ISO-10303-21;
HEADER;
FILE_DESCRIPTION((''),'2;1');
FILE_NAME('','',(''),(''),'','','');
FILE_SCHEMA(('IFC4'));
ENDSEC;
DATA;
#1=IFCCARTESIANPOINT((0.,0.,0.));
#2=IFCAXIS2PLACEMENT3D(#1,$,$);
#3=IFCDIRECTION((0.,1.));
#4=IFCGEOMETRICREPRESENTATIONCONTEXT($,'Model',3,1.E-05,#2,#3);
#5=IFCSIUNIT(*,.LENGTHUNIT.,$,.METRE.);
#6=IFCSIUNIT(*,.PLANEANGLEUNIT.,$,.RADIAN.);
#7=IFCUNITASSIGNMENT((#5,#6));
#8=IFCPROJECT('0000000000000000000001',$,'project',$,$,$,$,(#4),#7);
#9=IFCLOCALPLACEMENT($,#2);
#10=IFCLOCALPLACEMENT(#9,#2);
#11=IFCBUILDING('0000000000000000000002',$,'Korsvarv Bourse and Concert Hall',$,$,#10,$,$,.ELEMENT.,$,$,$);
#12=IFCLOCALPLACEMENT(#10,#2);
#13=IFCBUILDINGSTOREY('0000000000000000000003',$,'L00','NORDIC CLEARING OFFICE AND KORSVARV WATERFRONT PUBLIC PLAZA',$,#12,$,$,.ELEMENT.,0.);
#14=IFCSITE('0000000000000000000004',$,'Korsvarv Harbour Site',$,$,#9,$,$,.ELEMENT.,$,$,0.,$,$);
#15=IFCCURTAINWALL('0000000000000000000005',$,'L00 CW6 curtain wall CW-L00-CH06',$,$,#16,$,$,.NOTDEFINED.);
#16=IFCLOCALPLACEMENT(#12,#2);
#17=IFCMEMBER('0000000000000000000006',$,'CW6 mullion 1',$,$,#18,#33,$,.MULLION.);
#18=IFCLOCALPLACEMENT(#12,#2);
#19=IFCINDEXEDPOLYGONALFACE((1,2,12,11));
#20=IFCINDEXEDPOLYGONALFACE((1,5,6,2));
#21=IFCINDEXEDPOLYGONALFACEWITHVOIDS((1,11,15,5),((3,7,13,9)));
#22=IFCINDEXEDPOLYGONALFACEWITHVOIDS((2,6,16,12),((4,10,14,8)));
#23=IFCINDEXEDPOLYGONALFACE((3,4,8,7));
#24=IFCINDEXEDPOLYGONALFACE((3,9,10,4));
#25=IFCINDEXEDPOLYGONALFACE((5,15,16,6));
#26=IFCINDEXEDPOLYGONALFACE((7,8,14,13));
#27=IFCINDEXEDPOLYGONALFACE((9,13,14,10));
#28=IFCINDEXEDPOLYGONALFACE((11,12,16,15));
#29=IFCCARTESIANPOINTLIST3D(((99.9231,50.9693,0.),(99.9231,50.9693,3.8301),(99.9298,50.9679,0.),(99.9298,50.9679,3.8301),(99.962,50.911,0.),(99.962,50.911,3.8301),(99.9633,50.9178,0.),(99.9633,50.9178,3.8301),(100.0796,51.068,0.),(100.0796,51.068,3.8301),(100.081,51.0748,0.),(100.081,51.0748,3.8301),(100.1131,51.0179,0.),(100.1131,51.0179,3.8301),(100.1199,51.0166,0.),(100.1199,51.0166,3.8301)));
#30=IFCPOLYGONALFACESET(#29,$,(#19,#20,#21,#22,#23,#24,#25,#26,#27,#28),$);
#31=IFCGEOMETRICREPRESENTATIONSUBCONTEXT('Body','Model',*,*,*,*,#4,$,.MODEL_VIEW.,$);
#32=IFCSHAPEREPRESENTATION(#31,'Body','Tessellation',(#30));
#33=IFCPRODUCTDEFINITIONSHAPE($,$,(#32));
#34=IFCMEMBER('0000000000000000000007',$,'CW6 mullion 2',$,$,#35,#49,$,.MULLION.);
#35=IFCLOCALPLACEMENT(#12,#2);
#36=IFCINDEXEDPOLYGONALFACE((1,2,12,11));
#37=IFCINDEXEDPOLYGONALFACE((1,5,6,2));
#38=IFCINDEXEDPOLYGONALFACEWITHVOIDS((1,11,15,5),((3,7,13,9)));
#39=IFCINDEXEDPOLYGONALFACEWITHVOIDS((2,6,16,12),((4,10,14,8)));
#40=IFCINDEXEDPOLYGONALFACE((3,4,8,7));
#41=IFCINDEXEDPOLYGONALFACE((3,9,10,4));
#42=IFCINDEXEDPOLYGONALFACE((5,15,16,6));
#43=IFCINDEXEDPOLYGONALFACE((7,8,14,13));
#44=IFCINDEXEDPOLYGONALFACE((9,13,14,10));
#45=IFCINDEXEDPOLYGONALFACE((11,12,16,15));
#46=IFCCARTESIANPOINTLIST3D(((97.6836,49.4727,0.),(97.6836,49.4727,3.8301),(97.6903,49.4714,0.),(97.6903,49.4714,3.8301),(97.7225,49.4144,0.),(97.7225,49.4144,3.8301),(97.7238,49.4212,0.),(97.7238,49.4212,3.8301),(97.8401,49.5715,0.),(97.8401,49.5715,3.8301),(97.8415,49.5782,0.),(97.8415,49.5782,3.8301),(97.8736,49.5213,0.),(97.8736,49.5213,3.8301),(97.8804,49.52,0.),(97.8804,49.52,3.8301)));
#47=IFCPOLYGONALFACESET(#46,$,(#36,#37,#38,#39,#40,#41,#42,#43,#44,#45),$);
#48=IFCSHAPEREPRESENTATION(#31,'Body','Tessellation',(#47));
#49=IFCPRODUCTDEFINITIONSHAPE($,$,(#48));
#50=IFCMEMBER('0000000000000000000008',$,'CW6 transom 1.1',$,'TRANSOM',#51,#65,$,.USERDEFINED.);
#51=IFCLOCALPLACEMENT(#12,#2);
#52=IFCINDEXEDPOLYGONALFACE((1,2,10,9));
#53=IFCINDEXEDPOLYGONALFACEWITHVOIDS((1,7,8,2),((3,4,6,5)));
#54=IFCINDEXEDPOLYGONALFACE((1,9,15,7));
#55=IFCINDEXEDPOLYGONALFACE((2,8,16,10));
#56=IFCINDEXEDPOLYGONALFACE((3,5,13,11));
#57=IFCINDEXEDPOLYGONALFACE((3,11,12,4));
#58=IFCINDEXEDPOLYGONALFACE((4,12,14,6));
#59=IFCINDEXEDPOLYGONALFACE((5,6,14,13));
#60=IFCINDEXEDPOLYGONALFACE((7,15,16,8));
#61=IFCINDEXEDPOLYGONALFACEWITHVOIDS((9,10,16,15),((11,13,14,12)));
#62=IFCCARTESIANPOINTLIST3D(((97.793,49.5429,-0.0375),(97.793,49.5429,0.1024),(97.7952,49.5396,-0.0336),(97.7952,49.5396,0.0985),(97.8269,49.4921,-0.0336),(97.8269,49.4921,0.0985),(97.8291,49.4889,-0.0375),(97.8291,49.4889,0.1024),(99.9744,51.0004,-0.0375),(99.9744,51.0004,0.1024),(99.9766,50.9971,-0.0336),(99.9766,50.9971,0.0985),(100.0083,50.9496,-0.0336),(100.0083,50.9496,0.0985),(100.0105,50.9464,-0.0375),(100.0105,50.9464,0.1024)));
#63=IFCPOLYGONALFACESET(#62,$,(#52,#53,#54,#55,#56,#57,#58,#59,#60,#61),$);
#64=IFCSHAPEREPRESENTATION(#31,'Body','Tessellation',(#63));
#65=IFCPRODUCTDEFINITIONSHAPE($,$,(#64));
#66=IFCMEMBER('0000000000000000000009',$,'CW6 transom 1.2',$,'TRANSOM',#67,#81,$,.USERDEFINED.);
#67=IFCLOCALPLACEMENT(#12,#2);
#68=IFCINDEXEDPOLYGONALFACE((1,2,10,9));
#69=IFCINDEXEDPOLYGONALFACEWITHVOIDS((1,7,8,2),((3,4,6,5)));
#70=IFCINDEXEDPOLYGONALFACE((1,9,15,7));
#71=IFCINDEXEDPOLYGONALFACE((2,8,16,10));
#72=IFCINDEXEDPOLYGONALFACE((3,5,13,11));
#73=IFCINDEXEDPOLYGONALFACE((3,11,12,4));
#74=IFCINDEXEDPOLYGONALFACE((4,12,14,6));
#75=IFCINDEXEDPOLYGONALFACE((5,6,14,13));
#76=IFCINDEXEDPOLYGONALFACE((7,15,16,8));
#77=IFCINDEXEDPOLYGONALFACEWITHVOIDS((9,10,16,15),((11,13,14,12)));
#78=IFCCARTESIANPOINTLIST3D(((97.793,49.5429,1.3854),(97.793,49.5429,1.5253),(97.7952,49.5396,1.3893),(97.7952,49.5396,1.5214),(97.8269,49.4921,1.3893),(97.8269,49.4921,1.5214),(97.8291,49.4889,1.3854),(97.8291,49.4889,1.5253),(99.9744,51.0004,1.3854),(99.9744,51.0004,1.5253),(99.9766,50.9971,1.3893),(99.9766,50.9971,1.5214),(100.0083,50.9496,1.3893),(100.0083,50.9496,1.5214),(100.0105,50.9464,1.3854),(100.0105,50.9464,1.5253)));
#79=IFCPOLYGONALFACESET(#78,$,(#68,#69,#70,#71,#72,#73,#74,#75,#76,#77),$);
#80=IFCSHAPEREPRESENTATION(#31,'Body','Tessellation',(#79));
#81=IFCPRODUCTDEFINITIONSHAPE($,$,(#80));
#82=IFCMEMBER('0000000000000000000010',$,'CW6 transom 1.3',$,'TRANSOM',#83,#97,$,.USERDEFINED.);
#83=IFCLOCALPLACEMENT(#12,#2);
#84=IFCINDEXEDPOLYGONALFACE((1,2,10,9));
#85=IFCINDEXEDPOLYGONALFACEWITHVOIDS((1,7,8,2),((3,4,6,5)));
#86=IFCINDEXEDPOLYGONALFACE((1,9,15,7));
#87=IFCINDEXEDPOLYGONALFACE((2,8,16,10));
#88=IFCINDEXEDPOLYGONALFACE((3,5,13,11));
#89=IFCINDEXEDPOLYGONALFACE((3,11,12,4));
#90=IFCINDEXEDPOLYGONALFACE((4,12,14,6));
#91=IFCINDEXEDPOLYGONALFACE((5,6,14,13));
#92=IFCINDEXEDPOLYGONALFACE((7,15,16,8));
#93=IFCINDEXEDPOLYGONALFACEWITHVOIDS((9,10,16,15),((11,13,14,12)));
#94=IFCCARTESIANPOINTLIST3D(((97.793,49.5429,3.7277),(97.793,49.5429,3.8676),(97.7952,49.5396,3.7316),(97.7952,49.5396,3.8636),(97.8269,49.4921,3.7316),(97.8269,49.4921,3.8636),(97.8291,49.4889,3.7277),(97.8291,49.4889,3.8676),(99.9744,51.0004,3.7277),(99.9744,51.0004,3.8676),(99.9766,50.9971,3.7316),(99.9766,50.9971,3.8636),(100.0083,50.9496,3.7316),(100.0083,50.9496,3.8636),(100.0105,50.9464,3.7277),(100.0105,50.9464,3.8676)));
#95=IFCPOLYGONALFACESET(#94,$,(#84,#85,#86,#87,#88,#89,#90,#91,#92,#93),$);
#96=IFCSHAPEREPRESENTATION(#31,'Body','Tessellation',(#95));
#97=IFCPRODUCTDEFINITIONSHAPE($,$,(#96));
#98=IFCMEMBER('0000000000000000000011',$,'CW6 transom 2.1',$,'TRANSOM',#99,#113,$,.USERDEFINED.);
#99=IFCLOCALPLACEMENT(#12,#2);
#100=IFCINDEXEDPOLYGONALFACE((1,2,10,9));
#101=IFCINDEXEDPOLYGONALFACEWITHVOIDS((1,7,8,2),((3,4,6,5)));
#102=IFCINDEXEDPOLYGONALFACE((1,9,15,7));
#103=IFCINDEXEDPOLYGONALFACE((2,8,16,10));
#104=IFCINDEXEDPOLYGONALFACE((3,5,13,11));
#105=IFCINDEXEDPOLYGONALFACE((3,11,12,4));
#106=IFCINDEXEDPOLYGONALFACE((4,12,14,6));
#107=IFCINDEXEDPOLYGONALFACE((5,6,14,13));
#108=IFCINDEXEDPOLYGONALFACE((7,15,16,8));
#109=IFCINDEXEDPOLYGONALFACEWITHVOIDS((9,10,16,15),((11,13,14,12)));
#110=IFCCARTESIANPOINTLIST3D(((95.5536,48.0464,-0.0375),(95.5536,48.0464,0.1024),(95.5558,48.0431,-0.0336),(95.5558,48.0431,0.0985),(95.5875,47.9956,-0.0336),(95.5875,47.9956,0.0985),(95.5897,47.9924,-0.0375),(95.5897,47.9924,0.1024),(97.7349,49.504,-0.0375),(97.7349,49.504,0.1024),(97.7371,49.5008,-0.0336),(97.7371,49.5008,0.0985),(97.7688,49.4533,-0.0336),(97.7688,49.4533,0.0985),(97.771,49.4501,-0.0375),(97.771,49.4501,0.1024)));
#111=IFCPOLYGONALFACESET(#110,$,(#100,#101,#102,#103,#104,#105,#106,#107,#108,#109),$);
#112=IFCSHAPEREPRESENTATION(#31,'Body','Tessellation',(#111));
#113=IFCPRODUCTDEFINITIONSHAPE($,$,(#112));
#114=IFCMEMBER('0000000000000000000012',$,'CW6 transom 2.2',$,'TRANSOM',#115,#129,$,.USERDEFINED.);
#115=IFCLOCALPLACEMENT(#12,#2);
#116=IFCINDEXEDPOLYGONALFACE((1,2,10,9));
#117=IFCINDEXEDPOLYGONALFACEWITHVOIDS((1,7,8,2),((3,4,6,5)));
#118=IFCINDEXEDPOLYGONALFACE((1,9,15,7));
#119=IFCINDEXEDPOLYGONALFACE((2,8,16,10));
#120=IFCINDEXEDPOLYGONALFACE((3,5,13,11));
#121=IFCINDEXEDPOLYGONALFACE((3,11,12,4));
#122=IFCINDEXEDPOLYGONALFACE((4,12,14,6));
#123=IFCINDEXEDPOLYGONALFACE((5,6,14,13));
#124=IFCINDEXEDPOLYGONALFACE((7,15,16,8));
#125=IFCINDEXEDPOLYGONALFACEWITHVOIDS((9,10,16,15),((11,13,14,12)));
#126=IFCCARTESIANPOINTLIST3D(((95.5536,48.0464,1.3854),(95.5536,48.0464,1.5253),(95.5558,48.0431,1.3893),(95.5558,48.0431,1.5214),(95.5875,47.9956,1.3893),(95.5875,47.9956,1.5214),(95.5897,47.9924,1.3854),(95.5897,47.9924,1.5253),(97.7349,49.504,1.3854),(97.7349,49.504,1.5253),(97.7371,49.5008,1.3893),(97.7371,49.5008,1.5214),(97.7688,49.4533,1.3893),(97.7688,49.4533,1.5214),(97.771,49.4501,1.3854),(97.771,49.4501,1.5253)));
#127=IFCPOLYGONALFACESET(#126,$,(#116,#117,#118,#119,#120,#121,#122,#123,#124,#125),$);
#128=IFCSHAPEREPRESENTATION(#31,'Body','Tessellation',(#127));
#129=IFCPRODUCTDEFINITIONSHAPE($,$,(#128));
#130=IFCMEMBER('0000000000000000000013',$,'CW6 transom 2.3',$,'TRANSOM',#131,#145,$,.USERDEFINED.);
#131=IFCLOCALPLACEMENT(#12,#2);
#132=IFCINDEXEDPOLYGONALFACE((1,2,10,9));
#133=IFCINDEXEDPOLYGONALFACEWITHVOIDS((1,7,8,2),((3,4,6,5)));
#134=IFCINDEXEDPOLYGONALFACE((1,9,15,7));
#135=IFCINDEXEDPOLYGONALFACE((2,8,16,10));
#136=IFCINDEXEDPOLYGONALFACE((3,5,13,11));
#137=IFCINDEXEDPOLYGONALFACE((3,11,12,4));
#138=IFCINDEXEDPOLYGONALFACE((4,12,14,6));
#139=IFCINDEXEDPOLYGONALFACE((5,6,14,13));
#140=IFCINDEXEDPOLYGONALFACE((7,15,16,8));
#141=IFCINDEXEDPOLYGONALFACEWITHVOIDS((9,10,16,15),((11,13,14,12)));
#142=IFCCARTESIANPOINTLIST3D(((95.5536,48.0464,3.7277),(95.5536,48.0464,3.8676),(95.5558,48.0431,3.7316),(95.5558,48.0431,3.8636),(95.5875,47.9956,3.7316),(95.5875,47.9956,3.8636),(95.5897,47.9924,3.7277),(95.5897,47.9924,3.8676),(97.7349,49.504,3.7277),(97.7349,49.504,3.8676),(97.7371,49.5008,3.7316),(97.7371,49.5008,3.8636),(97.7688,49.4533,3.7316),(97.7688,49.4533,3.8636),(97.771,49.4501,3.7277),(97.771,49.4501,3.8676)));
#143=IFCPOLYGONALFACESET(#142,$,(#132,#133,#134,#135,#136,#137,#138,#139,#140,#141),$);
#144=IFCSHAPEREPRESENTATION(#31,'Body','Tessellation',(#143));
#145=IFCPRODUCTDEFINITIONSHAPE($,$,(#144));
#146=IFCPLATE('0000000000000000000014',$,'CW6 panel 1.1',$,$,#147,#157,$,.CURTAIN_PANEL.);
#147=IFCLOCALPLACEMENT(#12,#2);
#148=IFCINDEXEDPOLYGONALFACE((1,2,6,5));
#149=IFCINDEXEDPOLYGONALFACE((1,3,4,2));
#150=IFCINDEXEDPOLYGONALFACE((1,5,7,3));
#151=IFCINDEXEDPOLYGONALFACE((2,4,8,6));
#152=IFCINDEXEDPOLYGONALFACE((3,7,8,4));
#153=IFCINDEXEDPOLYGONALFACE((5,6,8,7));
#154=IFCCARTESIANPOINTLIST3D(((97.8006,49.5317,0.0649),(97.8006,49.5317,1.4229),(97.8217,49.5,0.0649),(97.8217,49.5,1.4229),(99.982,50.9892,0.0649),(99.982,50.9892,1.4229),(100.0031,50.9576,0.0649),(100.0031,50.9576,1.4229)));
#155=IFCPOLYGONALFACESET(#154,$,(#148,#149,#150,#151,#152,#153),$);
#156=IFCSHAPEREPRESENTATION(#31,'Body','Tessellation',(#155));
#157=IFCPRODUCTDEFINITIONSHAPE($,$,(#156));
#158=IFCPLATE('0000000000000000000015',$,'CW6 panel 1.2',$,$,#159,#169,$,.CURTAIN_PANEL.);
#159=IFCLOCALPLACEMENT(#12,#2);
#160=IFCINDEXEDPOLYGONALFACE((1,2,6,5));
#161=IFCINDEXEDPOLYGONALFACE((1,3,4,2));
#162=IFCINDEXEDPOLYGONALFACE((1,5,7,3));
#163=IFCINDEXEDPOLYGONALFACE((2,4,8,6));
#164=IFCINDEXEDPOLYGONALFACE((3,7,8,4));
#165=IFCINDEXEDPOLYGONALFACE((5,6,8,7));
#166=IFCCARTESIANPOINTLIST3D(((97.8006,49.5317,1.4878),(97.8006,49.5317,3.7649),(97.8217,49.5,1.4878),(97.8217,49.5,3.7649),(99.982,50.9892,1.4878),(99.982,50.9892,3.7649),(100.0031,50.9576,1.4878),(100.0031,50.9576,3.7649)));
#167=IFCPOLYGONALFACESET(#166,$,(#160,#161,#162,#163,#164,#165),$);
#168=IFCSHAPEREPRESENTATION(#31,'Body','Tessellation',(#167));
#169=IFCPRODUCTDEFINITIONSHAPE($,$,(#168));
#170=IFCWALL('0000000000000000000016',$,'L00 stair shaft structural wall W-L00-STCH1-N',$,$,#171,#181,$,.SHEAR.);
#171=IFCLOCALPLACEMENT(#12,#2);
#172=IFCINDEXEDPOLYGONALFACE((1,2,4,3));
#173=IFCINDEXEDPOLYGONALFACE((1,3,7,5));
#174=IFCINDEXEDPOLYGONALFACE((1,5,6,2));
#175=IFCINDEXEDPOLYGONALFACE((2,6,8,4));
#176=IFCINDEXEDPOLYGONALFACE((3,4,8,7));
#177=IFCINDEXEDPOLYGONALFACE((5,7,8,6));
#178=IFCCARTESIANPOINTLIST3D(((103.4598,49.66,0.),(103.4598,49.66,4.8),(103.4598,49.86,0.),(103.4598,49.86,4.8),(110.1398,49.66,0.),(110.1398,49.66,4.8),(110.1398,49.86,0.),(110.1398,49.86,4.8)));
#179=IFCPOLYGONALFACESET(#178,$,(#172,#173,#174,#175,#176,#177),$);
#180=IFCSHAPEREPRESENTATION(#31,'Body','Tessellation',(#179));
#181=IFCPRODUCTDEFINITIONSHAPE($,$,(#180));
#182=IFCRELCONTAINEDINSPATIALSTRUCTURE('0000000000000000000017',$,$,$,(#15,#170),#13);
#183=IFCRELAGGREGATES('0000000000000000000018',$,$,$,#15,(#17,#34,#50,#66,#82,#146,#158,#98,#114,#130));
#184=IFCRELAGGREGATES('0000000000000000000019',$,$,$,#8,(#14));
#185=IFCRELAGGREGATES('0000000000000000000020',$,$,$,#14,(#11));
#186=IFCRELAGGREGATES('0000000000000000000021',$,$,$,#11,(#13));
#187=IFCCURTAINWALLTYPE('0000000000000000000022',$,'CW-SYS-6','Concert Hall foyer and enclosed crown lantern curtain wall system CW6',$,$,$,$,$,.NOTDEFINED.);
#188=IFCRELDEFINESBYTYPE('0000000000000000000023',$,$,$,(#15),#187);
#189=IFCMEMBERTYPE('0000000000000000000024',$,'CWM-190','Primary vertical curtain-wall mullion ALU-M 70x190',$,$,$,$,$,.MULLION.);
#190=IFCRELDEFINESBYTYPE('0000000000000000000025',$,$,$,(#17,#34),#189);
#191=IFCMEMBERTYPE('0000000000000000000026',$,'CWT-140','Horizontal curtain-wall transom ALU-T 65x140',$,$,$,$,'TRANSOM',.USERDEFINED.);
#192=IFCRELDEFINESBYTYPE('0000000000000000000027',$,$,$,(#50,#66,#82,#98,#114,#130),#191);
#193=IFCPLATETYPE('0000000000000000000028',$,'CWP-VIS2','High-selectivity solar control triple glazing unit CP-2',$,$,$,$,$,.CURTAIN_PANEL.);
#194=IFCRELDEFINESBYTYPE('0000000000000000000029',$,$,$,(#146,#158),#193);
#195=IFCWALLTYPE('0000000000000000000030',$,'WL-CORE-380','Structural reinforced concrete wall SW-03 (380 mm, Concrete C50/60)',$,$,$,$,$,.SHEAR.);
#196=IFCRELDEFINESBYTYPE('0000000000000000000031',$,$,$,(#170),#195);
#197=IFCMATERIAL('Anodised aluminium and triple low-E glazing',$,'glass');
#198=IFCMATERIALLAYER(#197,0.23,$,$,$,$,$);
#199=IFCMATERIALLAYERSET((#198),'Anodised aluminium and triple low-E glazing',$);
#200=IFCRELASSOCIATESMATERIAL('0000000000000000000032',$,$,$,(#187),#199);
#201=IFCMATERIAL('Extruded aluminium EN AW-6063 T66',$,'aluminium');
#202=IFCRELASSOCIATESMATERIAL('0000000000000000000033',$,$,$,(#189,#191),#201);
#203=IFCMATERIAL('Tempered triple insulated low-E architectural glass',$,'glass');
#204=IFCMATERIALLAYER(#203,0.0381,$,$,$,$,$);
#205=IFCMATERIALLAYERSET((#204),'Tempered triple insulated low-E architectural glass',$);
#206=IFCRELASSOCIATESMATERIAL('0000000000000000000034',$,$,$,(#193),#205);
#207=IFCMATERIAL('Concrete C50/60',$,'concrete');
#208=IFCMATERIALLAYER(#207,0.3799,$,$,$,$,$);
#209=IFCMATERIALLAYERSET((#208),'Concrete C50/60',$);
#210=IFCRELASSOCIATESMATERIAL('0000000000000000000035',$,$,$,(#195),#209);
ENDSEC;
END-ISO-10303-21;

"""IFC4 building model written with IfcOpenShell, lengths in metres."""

from ifc_helpers import new_model, si_unit, direction, frame, frame_2d, origin, origin_2d, place, context, subcontext, project, spatial, rectangle, hollow_rectangle, extrude, source, transform, mapped, material, layer, layer_set, material_profile, profile_set, type_object, element, aggregate, save


model = new_model("IFC4")

# Units and contexts
model_context = context("Model", 3, precision=1e-05, world=origin(), true_north=direction((0.0, 1.0)))
body_context = subcontext(model_context, "Body", "Model", "MODEL_VIEW")
ifc_project = project(units=[si_unit("LENGTHUNIT", "METRE"), si_unit("PLANEANGLEUNIT", "RADIAN")], contexts=[model_context])

# Site, building, storey
site_placement = place(None, origin())
site = spatial("IfcSite", under=ifc_project, at=site_placement, Name="Korsvarv Harbour Site", CompositionType="ELEMENT", RefElevation=0.0)
building_placement = place(site_placement, origin())
building = spatial("IfcBuilding", under=site, at=building_placement, Name="Korsvarv Bourse and Concert Hall", CompositionType="ELEMENT")
storey_placement = place(building_placement, origin())
storey = spatial("IfcBuildingStorey", under=building, at=storey_placement, Name="L00", Description="NORDIC CLEARING OFFICE AND KORSVARV WATERFRONT PUBLIC PLAZA", CompositionType="ELEMENT", Elevation=0.0)

# Shared definitions
ifc_material_1 = material(Name="Concrete C50/60", Category="concrete")

# Curtain wall, members, plates
ifc_material_2 = material(Name="Anodised aluminium and triple low-E glazing", Category="glass")
ifc_layer_1 = layer(ifc_material_2, 0.23)
ifc_layer_set_1 = layer_set([ifc_layer_1], Name="Anodised aluminium and triple low-E glazing")
curtain_wall_type = type_object("IfcCurtainWallType", Name="CW-SYS-6", Description="Concert Hall foyer and enclosed crown lantern curtain wall system CW6", PredefinedType="NOTDEFINED", material=ifc_layer_set_1)
curtain_wall_placement = place(storey_placement, origin())
curtain_wall = element("IfcCurtainWall", 1, at=curtain_wall_placement, inside=storey, type_object=curtain_wall_type, Name="L00 CW6 curtain wall CW-L00-CH06", PredefinedType="NOTDEFINED")
ifc_material_3 = material(Name="Extruded aluminium EN AW-6063 T66", Category="aluminium")
ifc_material_profile_1 = material_profile(ifc_material_3, hollow_rectangle(XDim=0.0701, YDim=0.1899, WallThickness=0.0049, at=origin_2d()), Name="ALU-M 70x190")
ifc_profile_set_1 = profile_set([ifc_material_profile_1], Name="Extruded aluminium EN AW-6063 T66")
member_type_1 = type_object("IfcMemberType", Name="CWM-190", Description="Primary vertical curtain-wall mullion ALU-M 70x190", PredefinedType="MULLION", material=ifc_profile_set_1)
shared_shape_1 = source(origin(), body_context, "Body", "SweptSolid", [
    extrude(hollow_rectangle(XDim=0.0701, YDim=0.1899, WallThickness=0.0049, at=origin_2d()), origin(), (0.0, 0.0, 1.0), 3.8301),
])
member_1_placement = place(storey_placement, frame((100.0215, 50.9929, 0.0), z_axis=(0.0, 0.0, 1.0), x_axis=(0.555571, -0.831469, 0.0)))
member_1 = element("IfcMember", 2, at=member_1_placement, type_object=member_type_1, Name="CW6 mullion 1", PredefinedType="MULLION", context=body_context, shape_type="MappedRepresentation", body=[
    mapped(shared_shape_1, transform((0.0, 0.0, 0.0), scale=1.0)),
])
member_2_placement = place(storey_placement, frame((97.782, 49.4963, 0.0), z_axis=(0.0, 0.0, 1.0), x_axis=(0.555571, -0.831469, 0.0)))
member_2 = element("IfcMember", 3, at=member_2_placement, type_object=member_type_1, Name="CW6 mullion 2", PredefinedType="MULLION", context=body_context, shape_type="MappedRepresentation", body=[
    mapped(shared_shape_1, transform((0.0, 0.0, 0.0), scale=1.0)),
])
ifc_material_profile_2 = material_profile(ifc_material_3, hollow_rectangle(XDim=0.0649, YDim=0.1399, WallThickness=0.0039, at=origin_2d()), Name="ALU-T 65x140")
ifc_profile_set_2 = profile_set([ifc_material_profile_2], Name="Extruded aluminium EN AW-6063 T66")
member_type_2 = type_object("IfcMemberType", Name="CWT-140", Description="Horizontal curtain-wall transom ALU-T 65x140", ElementType="TRANSOM", PredefinedType="USERDEFINED", material=ifc_profile_set_2)
shared_shape_2 = source(origin(), body_context, "Body", "SweptSolid", [
    extrude(hollow_rectangle(XDim=0.0649, YDim=0.1399, WallThickness=0.0039, at=origin_2d()), origin(), (0.0, 0.0, 1.0), 2.6235),
])
member_3_placement = place(storey_placement, frame((99.9924, 50.9734, 0.0325), z_axis=(-0.831477, -0.555559, 0.0), x_axis=(0.555559, -0.831477, 0.0)))
member_3 = element("IfcMember", 4, at=member_3_placement, type_object=member_type_2, Name="CW6 transom 1.1", ObjectType="TRANSOM", PredefinedType="USERDEFINED", context=body_context, shape_type="MappedRepresentation", body=[
    mapped(shared_shape_2, transform((0.0, 0.0, 0.0), scale=1.0)),
])
member_4_placement = place(storey_placement, frame((99.9924, 50.9734, 1.4553), z_axis=(-0.831477, -0.555559, 0.0), x_axis=(0.555559, -0.831477, 0.0)))
member_4 = element("IfcMember", 5, at=member_4_placement, type_object=member_type_2, Name="CW6 transom 1.2", ObjectType="TRANSOM", PredefinedType="USERDEFINED", context=body_context, shape_type="MappedRepresentation", body=[
    mapped(shared_shape_2, transform((0.0, 0.0, 0.0), scale=1.0)),
])
member_5_placement = place(storey_placement, frame((99.9924, 50.9734, 3.7976), z_axis=(-0.831477, -0.555559, 0.0), x_axis=(0.555559, -0.831477, 0.0)))
member_5 = element("IfcMember", 6, at=member_5_placement, type_object=member_type_2, Name="CW6 transom 1.3", ObjectType="TRANSOM", PredefinedType="USERDEFINED", context=body_context, shape_type="MappedRepresentation", body=[
    mapped(shared_shape_2, transform((0.0, 0.0, 0.0), scale=1.0)),
])
member_6_placement = place(storey_placement, frame((97.7529, 49.4771, 0.0325), z_axis=(-0.831434, -0.555623, 0.0), x_axis=(0.555623, -0.831434, 0.0)))
member_6 = element("IfcMember", 7, at=member_6_placement, type_object=member_type_2, Name="CW6 transom 2.1", ObjectType="TRANSOM", PredefinedType="USERDEFINED", context=body_context, shape_type="MappedRepresentation", body=[
    mapped(shared_shape_2, transform((0.0, 0.0, 0.0), scale=1.0)),
])
member_7_placement = place(storey_placement, frame((97.7529, 49.4771, 1.4553), z_axis=(-0.831434, -0.555623, 0.0), x_axis=(0.555623, -0.831434, 0.0)))
member_7 = element("IfcMember", 8, at=member_7_placement, type_object=member_type_2, Name="CW6 transom 2.2", ObjectType="TRANSOM", PredefinedType="USERDEFINED", context=body_context, shape_type="MappedRepresentation", body=[
    mapped(shared_shape_2, transform((0.0, 0.0, 0.0), scale=1.0)),
])
member_8_placement = place(storey_placement, frame((97.7529, 49.4771, 3.7976), z_axis=(-0.831434, -0.555623, 0.0), x_axis=(0.555623, -0.831434, 0.0)))
member_8 = element("IfcMember", 9, at=member_8_placement, type_object=member_type_2, Name="CW6 transom 2.3", ObjectType="TRANSOM", PredefinedType="USERDEFINED", context=body_context, shape_type="MappedRepresentation", body=[
    mapped(shared_shape_2, transform((0.0, 0.0, 0.0), scale=1.0)),
])
ifc_material_4 = material(Name="Tempered triple insulated low-E architectural glass", Category="glass")
ifc_layer_2 = layer(ifc_material_4, 0.0381)
ifc_layer_set_2 = layer_set([ifc_layer_2], Name="Tempered triple insulated low-E architectural glass")
plate_type = type_object("IfcPlateType", Name="CWP-VIS2", Description="High-selectivity solar control triple glazing unit CP-2", PredefinedType="CURTAIN_PANEL", material=ifc_layer_set_2)
shared_shape_3 = source(origin(), body_context, "Body", "SweptSolid", [
    extrude(rectangle(XDim=2.6235, YDim=0.0381, at=origin_2d()), origin(), (0.0, 0.0, 1.0), 1.3579),
])
plate_1_placement = place(storey_placement, frame((98.9019, 50.2446, 0.0649), z_axis=(0.0, 0.0, 1.0), x_axis=(-0.831469, -0.555571, 0.0)))
plate_1 = element("IfcPlate", 10, at=plate_1_placement, type_object=plate_type, Name="CW6 panel 1.1", PredefinedType="CURTAIN_PANEL", context=body_context, shape_type="MappedRepresentation", body=[
    mapped(shared_shape_3, transform((0.0, 0.0, 0.0), scale=1.0)),
])
shared_shape_4 = source(origin(), body_context, "Body", "SweptSolid", [
    extrude(rectangle(XDim=2.6235, YDim=0.0381, at=origin_2d()), origin(), (0.0, 0.0, 1.0), 2.2771),
])
plate_2_placement = place(storey_placement, frame((98.9019, 50.2446, 1.4878), z_axis=(0.0, 0.0, 1.0), x_axis=(-0.831469, -0.555571, 0.0)))
plate_2 = element("IfcPlate", 11, at=plate_2_placement, type_object=plate_type, Name="CW6 panel 1.2", PredefinedType="CURTAIN_PANEL", context=body_context, shape_type="MappedRepresentation", body=[
    mapped(shared_shape_4, transform((0.0, 0.0, 0.0), scale=1.0)),
])
aggregate(curtain_wall, [member_1, member_2, member_3, member_4, member_5, plate_1, plate_2, member_6, member_7, member_8])

# Wall
ifc_layer_3 = layer(ifc_material_1, 0.3799)
ifc_layer_set_3 = layer_set([ifc_layer_3], Name="Concrete C50/60")
wall_type_1 = type_object("IfcWallType", Name="WL-CORE-380", Description="Structural reinforced concrete wall SW-03 (380 mm, Concrete C50/60)", PredefinedType="SHEAR", material=ifc_layer_set_3)
wall_1_placement = place(storey_placement, frame((103.46, 49.76, 0.0), z_axis=(0.0, 0.0, 1.0), x_axis=(1.0, 0.0, 0.0)))
element("IfcWall", 12, at=wall_1_placement, inside=storey, type_object=wall_type_1, Name="L00 stair shaft structural wall W-L00-STCH1-N", PredefinedType="SHEAR", context=body_context, shape_type="SweptSolid", body=[
    extrude(rectangle(XDim=6.6799, YDim=0.2, at=frame_2d((3.3398, 0.0))), origin(), (0.0, 0.0, 1.0), 4.8),
])

save(model, "model.ifc")
